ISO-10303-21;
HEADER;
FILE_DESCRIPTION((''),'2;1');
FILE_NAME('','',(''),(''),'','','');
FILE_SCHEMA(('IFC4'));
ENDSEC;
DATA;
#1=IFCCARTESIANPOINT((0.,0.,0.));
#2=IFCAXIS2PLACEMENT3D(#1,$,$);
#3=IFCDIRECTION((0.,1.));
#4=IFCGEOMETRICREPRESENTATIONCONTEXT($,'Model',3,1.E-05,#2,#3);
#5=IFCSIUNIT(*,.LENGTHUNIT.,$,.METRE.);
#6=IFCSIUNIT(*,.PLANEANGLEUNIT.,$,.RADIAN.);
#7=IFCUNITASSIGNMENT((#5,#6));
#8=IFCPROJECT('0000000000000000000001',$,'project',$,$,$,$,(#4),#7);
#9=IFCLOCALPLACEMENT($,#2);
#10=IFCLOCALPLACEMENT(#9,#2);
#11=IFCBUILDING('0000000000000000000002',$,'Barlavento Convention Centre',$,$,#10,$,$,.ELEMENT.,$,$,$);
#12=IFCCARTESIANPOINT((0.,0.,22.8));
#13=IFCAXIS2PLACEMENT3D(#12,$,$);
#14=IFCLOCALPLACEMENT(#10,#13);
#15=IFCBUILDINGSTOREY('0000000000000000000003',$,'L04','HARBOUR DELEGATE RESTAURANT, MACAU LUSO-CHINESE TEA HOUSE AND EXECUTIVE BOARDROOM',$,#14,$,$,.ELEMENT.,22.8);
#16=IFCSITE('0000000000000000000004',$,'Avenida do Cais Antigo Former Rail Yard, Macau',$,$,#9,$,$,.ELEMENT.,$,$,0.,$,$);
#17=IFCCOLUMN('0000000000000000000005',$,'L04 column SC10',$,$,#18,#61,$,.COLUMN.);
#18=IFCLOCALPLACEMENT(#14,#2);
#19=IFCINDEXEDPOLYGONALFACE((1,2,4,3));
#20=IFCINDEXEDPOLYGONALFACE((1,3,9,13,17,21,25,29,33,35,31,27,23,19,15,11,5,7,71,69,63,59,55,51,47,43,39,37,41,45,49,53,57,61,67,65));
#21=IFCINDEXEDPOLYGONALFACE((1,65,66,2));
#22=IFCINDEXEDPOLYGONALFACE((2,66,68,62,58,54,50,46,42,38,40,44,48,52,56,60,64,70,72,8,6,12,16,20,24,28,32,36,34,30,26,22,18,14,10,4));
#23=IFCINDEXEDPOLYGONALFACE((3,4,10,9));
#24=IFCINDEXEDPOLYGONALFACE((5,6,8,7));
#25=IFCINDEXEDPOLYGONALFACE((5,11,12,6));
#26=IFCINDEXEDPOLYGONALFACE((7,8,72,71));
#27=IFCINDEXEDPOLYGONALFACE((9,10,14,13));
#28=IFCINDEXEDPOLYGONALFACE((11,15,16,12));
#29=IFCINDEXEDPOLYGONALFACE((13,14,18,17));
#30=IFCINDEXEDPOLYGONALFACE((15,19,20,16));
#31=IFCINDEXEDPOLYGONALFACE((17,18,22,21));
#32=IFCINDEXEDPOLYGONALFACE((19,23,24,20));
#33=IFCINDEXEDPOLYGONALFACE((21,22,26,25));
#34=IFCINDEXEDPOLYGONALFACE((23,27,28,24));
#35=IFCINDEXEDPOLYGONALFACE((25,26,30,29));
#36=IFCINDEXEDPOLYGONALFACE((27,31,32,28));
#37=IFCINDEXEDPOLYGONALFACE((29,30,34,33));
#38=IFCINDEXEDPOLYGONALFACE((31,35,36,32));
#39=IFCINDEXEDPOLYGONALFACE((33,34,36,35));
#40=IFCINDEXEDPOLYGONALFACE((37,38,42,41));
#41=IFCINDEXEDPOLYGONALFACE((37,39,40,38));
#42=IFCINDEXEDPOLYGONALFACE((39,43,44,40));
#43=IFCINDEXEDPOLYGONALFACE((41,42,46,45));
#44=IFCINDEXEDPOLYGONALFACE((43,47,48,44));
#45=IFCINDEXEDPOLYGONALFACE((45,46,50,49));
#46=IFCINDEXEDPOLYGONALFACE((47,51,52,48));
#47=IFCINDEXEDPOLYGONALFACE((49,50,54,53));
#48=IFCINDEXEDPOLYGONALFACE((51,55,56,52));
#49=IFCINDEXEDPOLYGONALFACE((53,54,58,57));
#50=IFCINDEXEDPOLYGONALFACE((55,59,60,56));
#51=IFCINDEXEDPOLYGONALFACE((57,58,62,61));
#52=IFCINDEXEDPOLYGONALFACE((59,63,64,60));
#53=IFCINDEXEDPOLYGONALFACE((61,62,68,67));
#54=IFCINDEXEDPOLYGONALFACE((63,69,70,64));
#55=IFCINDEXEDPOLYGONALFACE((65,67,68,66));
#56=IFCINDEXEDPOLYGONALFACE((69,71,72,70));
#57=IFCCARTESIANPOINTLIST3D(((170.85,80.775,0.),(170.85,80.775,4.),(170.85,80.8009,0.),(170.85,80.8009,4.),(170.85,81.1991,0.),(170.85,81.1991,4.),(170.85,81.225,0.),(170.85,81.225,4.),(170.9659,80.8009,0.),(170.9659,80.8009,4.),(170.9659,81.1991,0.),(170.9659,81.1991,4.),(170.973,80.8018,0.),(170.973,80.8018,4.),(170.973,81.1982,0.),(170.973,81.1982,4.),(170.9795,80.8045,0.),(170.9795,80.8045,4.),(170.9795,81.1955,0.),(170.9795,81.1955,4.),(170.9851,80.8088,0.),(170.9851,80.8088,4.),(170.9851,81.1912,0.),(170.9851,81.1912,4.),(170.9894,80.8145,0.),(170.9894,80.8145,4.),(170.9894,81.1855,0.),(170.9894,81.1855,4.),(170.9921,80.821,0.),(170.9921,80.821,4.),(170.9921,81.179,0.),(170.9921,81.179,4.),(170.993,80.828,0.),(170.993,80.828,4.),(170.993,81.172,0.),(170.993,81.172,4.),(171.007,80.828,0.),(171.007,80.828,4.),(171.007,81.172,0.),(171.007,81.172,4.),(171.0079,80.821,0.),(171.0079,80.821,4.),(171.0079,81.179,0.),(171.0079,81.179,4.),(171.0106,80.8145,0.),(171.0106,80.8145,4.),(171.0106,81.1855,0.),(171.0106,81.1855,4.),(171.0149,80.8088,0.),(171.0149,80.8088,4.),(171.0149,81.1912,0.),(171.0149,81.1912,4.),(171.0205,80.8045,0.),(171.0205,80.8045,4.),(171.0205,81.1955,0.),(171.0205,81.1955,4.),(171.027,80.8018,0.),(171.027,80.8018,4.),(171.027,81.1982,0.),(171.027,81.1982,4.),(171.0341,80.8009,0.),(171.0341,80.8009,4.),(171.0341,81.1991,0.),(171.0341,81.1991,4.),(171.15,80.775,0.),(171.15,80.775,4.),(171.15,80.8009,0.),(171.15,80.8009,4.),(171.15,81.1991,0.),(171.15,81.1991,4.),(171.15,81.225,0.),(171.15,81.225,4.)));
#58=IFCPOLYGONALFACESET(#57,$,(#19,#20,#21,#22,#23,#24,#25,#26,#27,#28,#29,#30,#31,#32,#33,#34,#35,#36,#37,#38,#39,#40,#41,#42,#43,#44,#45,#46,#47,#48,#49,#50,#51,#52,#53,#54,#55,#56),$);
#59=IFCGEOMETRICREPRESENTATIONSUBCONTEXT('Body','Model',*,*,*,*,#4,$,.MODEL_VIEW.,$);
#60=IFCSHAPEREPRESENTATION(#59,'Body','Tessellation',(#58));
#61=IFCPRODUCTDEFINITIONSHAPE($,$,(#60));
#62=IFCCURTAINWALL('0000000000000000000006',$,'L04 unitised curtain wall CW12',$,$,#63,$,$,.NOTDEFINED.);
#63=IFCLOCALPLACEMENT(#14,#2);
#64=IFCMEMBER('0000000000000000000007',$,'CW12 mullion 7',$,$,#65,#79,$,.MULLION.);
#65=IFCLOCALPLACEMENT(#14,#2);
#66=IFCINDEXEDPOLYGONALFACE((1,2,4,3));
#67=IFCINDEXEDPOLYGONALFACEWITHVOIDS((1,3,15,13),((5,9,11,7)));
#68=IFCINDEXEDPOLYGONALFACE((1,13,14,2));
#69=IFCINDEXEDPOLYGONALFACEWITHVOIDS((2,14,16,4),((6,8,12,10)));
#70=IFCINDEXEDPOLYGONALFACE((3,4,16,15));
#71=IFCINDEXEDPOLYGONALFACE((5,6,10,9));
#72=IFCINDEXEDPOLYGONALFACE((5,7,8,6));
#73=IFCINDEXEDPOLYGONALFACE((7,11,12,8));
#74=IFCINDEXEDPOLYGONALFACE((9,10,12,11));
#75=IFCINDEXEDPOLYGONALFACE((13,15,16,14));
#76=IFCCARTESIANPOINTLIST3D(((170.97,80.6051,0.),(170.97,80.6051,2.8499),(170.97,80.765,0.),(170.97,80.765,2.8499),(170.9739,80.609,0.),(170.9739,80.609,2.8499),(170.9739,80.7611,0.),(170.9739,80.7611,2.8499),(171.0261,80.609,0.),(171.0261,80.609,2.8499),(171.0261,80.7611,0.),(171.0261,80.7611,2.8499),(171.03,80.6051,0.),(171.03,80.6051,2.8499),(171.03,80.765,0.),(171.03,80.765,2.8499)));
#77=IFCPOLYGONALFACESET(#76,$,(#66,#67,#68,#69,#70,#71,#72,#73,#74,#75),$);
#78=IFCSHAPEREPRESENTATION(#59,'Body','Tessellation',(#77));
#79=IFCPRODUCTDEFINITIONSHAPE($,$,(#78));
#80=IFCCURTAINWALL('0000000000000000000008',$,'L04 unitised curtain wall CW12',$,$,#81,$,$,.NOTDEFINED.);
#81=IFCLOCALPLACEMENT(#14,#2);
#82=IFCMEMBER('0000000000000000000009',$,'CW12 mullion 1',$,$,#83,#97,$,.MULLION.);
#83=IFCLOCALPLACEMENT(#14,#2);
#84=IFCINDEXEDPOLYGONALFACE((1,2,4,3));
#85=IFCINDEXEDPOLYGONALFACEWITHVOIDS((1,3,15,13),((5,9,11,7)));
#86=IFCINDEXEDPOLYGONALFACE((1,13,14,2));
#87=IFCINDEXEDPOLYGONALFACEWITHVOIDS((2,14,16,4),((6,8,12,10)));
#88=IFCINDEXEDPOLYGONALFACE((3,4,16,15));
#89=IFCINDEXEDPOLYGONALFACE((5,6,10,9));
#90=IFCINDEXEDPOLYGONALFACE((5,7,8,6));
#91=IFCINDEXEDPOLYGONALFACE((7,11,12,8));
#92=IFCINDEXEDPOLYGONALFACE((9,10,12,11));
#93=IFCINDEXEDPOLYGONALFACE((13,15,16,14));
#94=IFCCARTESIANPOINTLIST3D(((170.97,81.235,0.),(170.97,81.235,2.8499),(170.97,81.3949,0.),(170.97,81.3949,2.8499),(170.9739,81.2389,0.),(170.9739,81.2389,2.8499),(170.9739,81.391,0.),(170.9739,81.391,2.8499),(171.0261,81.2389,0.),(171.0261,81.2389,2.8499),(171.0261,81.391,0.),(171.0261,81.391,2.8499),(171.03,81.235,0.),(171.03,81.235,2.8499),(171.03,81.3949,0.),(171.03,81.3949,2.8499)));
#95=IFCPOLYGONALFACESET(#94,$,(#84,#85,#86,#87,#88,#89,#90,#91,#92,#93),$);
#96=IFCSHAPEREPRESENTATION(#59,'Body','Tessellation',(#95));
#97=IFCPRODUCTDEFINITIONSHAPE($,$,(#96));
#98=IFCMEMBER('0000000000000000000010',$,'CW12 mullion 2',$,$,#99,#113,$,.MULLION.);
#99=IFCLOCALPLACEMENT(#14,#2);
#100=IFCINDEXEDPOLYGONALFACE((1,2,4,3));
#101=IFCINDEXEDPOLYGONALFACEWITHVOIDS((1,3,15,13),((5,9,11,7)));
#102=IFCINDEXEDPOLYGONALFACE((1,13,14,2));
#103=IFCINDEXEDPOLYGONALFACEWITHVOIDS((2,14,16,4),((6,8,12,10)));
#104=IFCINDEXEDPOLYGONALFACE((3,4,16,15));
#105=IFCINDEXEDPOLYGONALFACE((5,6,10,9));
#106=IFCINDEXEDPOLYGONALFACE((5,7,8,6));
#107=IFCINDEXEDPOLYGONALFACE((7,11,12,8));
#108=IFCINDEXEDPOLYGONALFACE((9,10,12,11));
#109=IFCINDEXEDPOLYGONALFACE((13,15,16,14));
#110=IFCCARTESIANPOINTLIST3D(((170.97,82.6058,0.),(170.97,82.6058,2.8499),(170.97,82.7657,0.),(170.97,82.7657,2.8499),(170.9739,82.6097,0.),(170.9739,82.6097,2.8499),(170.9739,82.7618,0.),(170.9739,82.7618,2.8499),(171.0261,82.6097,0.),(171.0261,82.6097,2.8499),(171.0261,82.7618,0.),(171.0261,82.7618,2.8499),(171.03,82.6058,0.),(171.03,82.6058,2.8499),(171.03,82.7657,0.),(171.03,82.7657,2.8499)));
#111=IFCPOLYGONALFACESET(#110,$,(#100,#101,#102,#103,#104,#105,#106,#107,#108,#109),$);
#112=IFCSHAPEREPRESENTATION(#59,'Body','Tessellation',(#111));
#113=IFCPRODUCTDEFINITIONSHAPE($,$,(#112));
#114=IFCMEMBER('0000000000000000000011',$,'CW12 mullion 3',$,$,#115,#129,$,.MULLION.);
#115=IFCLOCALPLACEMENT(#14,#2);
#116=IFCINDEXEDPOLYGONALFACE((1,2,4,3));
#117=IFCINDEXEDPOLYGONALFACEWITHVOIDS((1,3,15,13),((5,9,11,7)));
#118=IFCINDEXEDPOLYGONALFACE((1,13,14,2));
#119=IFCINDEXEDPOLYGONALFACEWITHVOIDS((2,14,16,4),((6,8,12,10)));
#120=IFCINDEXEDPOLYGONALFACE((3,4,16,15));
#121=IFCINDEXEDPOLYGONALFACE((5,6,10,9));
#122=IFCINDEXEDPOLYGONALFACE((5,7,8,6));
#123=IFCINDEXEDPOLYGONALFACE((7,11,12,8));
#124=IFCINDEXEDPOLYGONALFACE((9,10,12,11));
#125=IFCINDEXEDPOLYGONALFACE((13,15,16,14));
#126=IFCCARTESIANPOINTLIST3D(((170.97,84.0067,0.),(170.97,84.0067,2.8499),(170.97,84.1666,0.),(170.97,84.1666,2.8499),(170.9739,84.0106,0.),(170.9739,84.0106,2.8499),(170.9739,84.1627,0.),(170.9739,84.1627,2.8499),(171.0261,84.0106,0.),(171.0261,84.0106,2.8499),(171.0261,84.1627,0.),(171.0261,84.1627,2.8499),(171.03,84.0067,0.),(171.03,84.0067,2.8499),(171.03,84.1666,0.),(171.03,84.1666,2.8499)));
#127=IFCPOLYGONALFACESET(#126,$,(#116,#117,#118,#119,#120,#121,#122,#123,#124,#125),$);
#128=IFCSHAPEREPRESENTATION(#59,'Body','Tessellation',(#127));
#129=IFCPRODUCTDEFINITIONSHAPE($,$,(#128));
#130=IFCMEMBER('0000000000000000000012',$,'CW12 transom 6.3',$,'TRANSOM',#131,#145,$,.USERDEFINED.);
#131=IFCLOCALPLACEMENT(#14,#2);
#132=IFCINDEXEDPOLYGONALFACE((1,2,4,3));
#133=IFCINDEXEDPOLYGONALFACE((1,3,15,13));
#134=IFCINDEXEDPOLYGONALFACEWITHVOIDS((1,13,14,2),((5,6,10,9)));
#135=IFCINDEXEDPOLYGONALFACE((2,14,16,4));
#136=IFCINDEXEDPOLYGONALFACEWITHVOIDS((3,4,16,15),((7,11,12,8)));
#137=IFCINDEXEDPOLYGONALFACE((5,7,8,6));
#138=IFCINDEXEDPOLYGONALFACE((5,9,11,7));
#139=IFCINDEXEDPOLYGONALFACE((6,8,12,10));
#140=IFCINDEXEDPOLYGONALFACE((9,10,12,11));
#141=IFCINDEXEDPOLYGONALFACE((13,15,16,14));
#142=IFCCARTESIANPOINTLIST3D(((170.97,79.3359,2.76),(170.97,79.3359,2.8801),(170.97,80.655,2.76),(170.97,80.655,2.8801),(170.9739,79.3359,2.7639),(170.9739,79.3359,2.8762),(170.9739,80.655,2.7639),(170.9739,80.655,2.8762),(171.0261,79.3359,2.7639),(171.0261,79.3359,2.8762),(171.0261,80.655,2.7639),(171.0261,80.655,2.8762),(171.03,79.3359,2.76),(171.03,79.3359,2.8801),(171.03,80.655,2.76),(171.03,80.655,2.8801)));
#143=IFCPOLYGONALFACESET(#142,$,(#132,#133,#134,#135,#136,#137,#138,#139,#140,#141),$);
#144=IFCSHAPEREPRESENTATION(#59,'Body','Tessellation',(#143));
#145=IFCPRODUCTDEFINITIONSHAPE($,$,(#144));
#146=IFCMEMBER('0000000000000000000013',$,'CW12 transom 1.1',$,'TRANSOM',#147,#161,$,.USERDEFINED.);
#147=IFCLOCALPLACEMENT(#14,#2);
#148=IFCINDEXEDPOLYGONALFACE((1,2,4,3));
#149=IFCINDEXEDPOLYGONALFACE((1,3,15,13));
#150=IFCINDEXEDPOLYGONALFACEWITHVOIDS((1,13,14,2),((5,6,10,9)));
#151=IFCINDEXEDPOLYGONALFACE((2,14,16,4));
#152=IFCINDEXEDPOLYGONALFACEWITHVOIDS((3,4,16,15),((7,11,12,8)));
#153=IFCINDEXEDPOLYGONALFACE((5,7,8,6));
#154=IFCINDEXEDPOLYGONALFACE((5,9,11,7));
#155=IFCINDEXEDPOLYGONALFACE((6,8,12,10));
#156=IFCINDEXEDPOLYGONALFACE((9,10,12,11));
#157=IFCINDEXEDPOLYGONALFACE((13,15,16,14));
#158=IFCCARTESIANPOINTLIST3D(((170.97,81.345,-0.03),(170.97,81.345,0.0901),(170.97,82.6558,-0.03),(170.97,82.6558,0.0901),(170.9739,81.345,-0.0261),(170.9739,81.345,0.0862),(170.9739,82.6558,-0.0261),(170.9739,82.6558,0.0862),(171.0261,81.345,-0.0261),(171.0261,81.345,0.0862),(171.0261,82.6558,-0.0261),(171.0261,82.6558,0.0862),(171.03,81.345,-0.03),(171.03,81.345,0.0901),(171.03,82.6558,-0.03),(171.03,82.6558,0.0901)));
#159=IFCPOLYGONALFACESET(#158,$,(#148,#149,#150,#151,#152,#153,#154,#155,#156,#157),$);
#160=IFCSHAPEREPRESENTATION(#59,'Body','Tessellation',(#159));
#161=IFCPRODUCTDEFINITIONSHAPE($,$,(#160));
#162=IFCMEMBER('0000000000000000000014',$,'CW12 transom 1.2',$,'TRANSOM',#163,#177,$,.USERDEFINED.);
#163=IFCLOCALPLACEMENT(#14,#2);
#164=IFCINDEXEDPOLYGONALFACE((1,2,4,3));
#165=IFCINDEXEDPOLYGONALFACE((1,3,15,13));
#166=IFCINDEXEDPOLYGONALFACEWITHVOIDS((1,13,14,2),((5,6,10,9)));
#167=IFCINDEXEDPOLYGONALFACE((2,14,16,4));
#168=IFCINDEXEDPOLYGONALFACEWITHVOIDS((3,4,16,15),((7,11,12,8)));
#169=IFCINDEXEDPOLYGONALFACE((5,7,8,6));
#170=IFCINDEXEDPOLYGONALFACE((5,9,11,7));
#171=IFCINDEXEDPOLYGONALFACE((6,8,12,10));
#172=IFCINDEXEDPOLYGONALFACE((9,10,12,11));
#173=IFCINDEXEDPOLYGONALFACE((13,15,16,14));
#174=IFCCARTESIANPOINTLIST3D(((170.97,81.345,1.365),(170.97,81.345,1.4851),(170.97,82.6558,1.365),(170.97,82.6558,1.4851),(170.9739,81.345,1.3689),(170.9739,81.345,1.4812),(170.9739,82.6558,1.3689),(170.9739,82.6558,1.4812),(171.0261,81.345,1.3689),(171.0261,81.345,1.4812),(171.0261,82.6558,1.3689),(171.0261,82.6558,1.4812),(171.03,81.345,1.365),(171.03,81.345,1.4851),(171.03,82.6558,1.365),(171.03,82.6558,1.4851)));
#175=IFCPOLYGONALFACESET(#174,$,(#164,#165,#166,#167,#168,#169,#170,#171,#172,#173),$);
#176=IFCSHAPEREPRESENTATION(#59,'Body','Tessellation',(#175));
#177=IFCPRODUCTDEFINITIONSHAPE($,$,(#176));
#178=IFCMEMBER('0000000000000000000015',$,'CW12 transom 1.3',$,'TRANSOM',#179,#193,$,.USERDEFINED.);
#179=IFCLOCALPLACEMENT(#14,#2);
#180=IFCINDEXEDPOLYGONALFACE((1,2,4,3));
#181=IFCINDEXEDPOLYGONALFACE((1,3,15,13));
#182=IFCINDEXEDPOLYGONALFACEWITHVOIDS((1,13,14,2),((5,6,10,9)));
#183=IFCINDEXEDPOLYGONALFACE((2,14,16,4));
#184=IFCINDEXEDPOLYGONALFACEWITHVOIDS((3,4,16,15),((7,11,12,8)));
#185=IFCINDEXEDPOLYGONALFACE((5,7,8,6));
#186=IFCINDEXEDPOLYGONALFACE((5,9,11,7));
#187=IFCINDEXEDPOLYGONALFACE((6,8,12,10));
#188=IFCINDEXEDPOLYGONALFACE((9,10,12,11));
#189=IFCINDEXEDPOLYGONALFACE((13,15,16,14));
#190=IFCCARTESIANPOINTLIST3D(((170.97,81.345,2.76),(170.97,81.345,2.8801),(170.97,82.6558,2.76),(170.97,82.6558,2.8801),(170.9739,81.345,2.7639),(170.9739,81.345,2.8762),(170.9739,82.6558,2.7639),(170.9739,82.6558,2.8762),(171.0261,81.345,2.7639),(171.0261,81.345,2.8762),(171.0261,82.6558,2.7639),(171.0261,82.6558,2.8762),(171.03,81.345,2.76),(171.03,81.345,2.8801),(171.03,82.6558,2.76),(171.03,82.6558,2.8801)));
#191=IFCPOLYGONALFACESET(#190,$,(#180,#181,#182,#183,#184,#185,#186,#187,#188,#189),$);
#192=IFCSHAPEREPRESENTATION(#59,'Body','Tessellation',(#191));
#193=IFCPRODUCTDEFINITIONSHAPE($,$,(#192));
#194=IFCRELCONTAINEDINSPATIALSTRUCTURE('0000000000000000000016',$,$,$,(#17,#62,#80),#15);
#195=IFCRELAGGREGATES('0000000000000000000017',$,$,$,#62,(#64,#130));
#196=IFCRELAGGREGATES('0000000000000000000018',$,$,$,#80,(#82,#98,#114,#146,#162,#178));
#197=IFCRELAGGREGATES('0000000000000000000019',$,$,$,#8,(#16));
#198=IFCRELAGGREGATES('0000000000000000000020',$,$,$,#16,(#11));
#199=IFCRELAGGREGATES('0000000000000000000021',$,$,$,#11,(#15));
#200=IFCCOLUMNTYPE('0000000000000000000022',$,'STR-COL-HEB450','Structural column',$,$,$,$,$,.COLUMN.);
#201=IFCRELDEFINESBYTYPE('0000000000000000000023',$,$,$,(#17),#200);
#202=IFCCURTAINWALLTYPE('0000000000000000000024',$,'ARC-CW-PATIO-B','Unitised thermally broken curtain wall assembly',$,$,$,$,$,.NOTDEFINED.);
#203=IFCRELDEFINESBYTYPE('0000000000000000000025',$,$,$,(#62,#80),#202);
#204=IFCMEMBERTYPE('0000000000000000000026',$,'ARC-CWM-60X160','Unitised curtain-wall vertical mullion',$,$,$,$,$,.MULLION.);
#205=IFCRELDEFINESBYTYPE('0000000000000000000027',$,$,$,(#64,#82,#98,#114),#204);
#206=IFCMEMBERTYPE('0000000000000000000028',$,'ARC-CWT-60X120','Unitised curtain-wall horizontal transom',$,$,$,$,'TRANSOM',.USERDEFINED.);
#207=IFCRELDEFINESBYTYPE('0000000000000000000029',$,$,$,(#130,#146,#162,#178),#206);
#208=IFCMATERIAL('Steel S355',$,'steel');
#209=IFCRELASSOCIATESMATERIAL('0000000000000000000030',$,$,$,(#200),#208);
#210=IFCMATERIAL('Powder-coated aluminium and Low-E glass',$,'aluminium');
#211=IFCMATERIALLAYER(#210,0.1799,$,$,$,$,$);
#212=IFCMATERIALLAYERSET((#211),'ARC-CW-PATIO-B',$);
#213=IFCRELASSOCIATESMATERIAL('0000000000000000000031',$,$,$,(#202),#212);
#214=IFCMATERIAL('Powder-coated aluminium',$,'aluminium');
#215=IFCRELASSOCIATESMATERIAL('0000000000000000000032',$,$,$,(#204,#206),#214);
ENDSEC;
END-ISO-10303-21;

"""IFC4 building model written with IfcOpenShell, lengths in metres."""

from ifc_helpers import new_model, si_unit, direction, frame, origin, origin_2d, place, context, subcontext, project, spatial, hollow_rectangle, i_section, extrude, material, layer, layer_set, material_profile, profile_set, type_object, element, aggregate, save


model = new_model("IFC4")

# Units and contexts
model_context = context("Model", 3, precision=1e-05, world=origin(), true_north=direction((0.0, 1.0)))
body_context = subcontext(model_context, "Body", "Model", "MODEL_VIEW")
ifc_project = project(units=[si_unit("LENGTHUNIT", "METRE"), si_unit("PLANEANGLEUNIT", "RADIAN")], contexts=[model_context])

# Site, building, storey
site_placement = place(None, origin())
site = spatial("IfcSite", under=ifc_project, at=site_placement, Name="Avenida do Cais Antigo Former Rail Yard, Macau", CompositionType="ELEMENT", RefElevation=0.0)
building_placement = place(site_placement, origin())
building = spatial("IfcBuilding", under=site, at=building_placement, Name="Barlavento Convention Centre", CompositionType="ELEMENT")
storey_placement = place(building_placement, frame((0.0, 0.0, 22.8)))
storey = spatial("IfcBuildingStorey", under=building, at=storey_placement, Name="L04", Description="HARBOUR DELEGATE RESTAURANT, MACAU LUSO-CHINESE TEA HOUSE AND EXECUTIVE BOARDROOM", CompositionType="ELEMENT", Elevation=22.8)

# Column
ifc_material_1 = material(Name="Steel S355", Category="steel")
ifc_material_profile_1 = material_profile(ifc_material_1, i_section(OverallWidth=0.3, OverallDepth=0.45, WebThickness=0.0139, FlangeThickness=0.0259, FilletRadius=0.0271, at=origin_2d()), Name="HEB 450")
ifc_profile_set_1 = profile_set([ifc_material_profile_1], Name="Steel S355")
column_type = type_object("IfcColumnType", Name="STR-COL-HEB450", Description="Structural column", PredefinedType="COLUMN", material=ifc_profile_set_1)
column_placement = place(storey_placement, frame((171.0, 81.0, 0.0), z_axis=(0.0, 0.0, 1.0), x_axis=(1.0, 0.0, 0.0)))
element("IfcColumn", 1, at=column_placement, inside=storey, type_object=column_type, Name="L04 column SC10", PredefinedType="COLUMN", context=body_context, shape_type="SweptSolid", body=[
    extrude(i_section(OverallWidth=0.3, OverallDepth=0.45, WebThickness=0.0139, FlangeThickness=0.0259, FilletRadius=0.0271, at=origin_2d()), origin(), (0.0, 0.0, 1.0), 4.0),
])

# Curtain wall, member
ifc_material_2 = material(Name="Powder-coated aluminium and Low-E glass", Category="aluminium")
ifc_layer_1 = layer(ifc_material_2, 0.1799)
ifc_layer_set_1 = layer_set([ifc_layer_1], Name="ARC-CW-PATIO-B")
curtain_wall_type = type_object("IfcCurtainWallType", Name="ARC-CW-PATIO-B", Description="Unitised thermally broken curtain wall assembly", PredefinedType="NOTDEFINED", material=ifc_layer_set_1)
curtain_wall_1_placement = place(storey_placement, origin())
curtain_wall_1 = element("IfcCurtainWall", 2, at=curtain_wall_1_placement, inside=storey, type_object=curtain_wall_type, Name="L04 unitised curtain wall CW12", PredefinedType="NOTDEFINED")
ifc_material_3 = material(Name="Powder-coated aluminium", Category="aluminium")
ifc_material_profile_2 = material_profile(ifc_material_3, hollow_rectangle(XDim=0.0601, YDim=0.1599, WallThickness=0.0039, at=origin_2d()), Name="AL-MULL 60x160x4")
ifc_profile_set_2 = profile_set([ifc_material_profile_2], Name="Powder-coated aluminium")
member_type_1 = type_object("IfcMemberType", Name="ARC-CWM-60X160", Description="Unitised curtain-wall vertical mullion", PredefinedType="MULLION", material=ifc_profile_set_2)
member_1_placement = place(storey_placement, frame((171.0, 80.6851, 0.0), z_axis=(0.0, 0.0, 1.0), x_axis=(-1.0, 0.0, 0.0)))
member_1 = element("IfcMember", 3, at=member_1_placement, type_object=member_type_1, Name="CW12 mullion 7", PredefinedType="MULLION", context=body_context, shape_type="SweptSolid", body=[
    extrude(hollow_rectangle(XDim=0.0601, YDim=0.1599, WallThickness=0.0039, at=origin_2d()), origin(), (0.0, 0.0, 1.0), 2.8499),
])

# Curtain wall, members
curtain_wall_2_placement = place(storey_placement, origin())
curtain_wall_2 = element("IfcCurtainWall", 4, at=curtain_wall_2_placement, inside=storey, type_object=curtain_wall_type, Name="L04 unitised curtain wall CW12", PredefinedType="NOTDEFINED")
member_2_placement = place(storey_placement, frame((171.0, 81.3149, 0.0), z_axis=(0.0, 0.0, 1.0), x_axis=(-1.0, 0.0, 0.0)))
member_2 = element("IfcMember", 5, at=member_2_placement, type_object=member_type_1, Name="CW12 mullion 1", PredefinedType="MULLION", context=body_context, shape_type="SweptSolid", body=[
    extrude(hollow_rectangle(XDim=0.0601, YDim=0.1599, WallThickness=0.0039, at=origin_2d()), origin(), (0.0, 0.0, 1.0), 2.8499),
])
member_3_placement = place(storey_placement, frame((171.0, 82.6858, 0.0), z_axis=(0.0, 0.0, 1.0), x_axis=(-1.0, 0.0, 0.0)))
member_3 = element("IfcMember", 6, at=member_3_placement, type_object=member_type_1, Name="CW12 mullion 2", PredefinedType="MULLION", context=body_context, shape_type="SweptSolid", body=[
    extrude(hollow_rectangle(XDim=0.0601, YDim=0.1599, WallThickness=0.0039, at=origin_2d()), origin(), (0.0, 0.0, 1.0), 2.8499),
])
member_4_placement = place(storey_placement, frame((171.0, 84.0867, 0.0), z_axis=(0.0, 0.0, 1.0), x_axis=(-1.0, 0.0, 0.0)))
member_4 = element("IfcMember", 7, at=member_4_placement, type_object=member_type_1, Name="CW12 mullion 3", PredefinedType="MULLION", context=body_context, shape_type="SweptSolid", body=[
    extrude(hollow_rectangle(XDim=0.0601, YDim=0.1599, WallThickness=0.0039, at=origin_2d()), origin(), (0.0, 0.0, 1.0), 2.8499),
])

# Members
ifc_material_profile_3 = material_profile(ifc_material_3, hollow_rectangle(XDim=0.0601, YDim=0.1201, WallThickness=0.0039, at=origin_2d()), Name="AL-TRAN 60x120x4")
ifc_profile_set_3 = profile_set([ifc_material_profile_3], Name="Powder-coated aluminium")
member_type_2 = type_object("IfcMemberType", Name="ARC-CWT-60X120", Description="Unitised curtain-wall horizontal transom", ElementType="TRANSOM", PredefinedType="USERDEFINED", material=ifc_profile_set_3)
member_5_placement = place(storey_placement, frame((171.0, 79.3359, 2.8201), z_axis=(0.0, 1.0, 0.0), x_axis=(-1.0, 0.0, 0.0)))
member_5 = element("IfcMember", 8, at=member_5_placement, type_object=member_type_2, Name="CW12 transom 6.3", ObjectType="TRANSOM", PredefinedType="USERDEFINED", context=body_context, shape_type="SweptSolid", body=[
    extrude(hollow_rectangle(XDim=0.0601, YDim=0.1201, WallThickness=0.0039, at=origin_2d()), origin(), (0.0, 0.0, 1.0), 1.3191),
])
member_6_placement = place(storey_placement, frame((171.0, 81.345, 0.03), z_axis=(0.0, 1.0, 0.0), x_axis=(-1.0, 0.0, 0.0)))
member_6 = element("IfcMember", 9, at=member_6_placement, type_object=member_type_2, Name="CW12 transom 1.1", ObjectType="TRANSOM", PredefinedType="USERDEFINED", context=body_context, shape_type="SweptSolid", body=[
    extrude(hollow_rectangle(XDim=0.0601, YDim=0.1201, WallThickness=0.0039, at=origin_2d()), origin(), (0.0, 0.0, 1.0), 1.3108),
])
member_7_placement = place(storey_placement, frame((171.0, 81.345, 1.425), z_axis=(0.0, 1.0, 0.0), x_axis=(-1.0, 0.0, 0.0)))
member_7 = element("IfcMember", 10, at=member_7_placement, type_object=member_type_2, Name="CW12 transom 1.2", ObjectType="TRANSOM", PredefinedType="USERDEFINED", context=body_context, shape_type="SweptSolid", body=[
    extrude(hollow_rectangle(XDim=0.0601, YDim=0.1201, WallThickness=0.0039, at=origin_2d()), origin(), (0.0, 0.0, 1.0), 1.3108),
])
member_8_placement = place(storey_placement, frame((171.0, 81.345, 2.8201), z_axis=(0.0, 1.0, 0.0), x_axis=(-1.0, 0.0, 0.0)))
member_8 = element("IfcMember", 11, at=member_8_placement, type_object=member_type_2, Name="CW12 transom 1.3", ObjectType="TRANSOM", PredefinedType="USERDEFINED", context=body_context, shape_type="SweptSolid", body=[
    extrude(hollow_rectangle(XDim=0.0601, YDim=0.1201, WallThickness=0.0039, at=origin_2d()), origin(), (0.0, 0.0, 1.0), 1.3108),
])

aggregate(curtain_wall_1, [member_1, member_5])
aggregate(curtain_wall_2, [member_2, member_3, member_4, member_6, member_7, member_8])

save(model, "model.ifc")
